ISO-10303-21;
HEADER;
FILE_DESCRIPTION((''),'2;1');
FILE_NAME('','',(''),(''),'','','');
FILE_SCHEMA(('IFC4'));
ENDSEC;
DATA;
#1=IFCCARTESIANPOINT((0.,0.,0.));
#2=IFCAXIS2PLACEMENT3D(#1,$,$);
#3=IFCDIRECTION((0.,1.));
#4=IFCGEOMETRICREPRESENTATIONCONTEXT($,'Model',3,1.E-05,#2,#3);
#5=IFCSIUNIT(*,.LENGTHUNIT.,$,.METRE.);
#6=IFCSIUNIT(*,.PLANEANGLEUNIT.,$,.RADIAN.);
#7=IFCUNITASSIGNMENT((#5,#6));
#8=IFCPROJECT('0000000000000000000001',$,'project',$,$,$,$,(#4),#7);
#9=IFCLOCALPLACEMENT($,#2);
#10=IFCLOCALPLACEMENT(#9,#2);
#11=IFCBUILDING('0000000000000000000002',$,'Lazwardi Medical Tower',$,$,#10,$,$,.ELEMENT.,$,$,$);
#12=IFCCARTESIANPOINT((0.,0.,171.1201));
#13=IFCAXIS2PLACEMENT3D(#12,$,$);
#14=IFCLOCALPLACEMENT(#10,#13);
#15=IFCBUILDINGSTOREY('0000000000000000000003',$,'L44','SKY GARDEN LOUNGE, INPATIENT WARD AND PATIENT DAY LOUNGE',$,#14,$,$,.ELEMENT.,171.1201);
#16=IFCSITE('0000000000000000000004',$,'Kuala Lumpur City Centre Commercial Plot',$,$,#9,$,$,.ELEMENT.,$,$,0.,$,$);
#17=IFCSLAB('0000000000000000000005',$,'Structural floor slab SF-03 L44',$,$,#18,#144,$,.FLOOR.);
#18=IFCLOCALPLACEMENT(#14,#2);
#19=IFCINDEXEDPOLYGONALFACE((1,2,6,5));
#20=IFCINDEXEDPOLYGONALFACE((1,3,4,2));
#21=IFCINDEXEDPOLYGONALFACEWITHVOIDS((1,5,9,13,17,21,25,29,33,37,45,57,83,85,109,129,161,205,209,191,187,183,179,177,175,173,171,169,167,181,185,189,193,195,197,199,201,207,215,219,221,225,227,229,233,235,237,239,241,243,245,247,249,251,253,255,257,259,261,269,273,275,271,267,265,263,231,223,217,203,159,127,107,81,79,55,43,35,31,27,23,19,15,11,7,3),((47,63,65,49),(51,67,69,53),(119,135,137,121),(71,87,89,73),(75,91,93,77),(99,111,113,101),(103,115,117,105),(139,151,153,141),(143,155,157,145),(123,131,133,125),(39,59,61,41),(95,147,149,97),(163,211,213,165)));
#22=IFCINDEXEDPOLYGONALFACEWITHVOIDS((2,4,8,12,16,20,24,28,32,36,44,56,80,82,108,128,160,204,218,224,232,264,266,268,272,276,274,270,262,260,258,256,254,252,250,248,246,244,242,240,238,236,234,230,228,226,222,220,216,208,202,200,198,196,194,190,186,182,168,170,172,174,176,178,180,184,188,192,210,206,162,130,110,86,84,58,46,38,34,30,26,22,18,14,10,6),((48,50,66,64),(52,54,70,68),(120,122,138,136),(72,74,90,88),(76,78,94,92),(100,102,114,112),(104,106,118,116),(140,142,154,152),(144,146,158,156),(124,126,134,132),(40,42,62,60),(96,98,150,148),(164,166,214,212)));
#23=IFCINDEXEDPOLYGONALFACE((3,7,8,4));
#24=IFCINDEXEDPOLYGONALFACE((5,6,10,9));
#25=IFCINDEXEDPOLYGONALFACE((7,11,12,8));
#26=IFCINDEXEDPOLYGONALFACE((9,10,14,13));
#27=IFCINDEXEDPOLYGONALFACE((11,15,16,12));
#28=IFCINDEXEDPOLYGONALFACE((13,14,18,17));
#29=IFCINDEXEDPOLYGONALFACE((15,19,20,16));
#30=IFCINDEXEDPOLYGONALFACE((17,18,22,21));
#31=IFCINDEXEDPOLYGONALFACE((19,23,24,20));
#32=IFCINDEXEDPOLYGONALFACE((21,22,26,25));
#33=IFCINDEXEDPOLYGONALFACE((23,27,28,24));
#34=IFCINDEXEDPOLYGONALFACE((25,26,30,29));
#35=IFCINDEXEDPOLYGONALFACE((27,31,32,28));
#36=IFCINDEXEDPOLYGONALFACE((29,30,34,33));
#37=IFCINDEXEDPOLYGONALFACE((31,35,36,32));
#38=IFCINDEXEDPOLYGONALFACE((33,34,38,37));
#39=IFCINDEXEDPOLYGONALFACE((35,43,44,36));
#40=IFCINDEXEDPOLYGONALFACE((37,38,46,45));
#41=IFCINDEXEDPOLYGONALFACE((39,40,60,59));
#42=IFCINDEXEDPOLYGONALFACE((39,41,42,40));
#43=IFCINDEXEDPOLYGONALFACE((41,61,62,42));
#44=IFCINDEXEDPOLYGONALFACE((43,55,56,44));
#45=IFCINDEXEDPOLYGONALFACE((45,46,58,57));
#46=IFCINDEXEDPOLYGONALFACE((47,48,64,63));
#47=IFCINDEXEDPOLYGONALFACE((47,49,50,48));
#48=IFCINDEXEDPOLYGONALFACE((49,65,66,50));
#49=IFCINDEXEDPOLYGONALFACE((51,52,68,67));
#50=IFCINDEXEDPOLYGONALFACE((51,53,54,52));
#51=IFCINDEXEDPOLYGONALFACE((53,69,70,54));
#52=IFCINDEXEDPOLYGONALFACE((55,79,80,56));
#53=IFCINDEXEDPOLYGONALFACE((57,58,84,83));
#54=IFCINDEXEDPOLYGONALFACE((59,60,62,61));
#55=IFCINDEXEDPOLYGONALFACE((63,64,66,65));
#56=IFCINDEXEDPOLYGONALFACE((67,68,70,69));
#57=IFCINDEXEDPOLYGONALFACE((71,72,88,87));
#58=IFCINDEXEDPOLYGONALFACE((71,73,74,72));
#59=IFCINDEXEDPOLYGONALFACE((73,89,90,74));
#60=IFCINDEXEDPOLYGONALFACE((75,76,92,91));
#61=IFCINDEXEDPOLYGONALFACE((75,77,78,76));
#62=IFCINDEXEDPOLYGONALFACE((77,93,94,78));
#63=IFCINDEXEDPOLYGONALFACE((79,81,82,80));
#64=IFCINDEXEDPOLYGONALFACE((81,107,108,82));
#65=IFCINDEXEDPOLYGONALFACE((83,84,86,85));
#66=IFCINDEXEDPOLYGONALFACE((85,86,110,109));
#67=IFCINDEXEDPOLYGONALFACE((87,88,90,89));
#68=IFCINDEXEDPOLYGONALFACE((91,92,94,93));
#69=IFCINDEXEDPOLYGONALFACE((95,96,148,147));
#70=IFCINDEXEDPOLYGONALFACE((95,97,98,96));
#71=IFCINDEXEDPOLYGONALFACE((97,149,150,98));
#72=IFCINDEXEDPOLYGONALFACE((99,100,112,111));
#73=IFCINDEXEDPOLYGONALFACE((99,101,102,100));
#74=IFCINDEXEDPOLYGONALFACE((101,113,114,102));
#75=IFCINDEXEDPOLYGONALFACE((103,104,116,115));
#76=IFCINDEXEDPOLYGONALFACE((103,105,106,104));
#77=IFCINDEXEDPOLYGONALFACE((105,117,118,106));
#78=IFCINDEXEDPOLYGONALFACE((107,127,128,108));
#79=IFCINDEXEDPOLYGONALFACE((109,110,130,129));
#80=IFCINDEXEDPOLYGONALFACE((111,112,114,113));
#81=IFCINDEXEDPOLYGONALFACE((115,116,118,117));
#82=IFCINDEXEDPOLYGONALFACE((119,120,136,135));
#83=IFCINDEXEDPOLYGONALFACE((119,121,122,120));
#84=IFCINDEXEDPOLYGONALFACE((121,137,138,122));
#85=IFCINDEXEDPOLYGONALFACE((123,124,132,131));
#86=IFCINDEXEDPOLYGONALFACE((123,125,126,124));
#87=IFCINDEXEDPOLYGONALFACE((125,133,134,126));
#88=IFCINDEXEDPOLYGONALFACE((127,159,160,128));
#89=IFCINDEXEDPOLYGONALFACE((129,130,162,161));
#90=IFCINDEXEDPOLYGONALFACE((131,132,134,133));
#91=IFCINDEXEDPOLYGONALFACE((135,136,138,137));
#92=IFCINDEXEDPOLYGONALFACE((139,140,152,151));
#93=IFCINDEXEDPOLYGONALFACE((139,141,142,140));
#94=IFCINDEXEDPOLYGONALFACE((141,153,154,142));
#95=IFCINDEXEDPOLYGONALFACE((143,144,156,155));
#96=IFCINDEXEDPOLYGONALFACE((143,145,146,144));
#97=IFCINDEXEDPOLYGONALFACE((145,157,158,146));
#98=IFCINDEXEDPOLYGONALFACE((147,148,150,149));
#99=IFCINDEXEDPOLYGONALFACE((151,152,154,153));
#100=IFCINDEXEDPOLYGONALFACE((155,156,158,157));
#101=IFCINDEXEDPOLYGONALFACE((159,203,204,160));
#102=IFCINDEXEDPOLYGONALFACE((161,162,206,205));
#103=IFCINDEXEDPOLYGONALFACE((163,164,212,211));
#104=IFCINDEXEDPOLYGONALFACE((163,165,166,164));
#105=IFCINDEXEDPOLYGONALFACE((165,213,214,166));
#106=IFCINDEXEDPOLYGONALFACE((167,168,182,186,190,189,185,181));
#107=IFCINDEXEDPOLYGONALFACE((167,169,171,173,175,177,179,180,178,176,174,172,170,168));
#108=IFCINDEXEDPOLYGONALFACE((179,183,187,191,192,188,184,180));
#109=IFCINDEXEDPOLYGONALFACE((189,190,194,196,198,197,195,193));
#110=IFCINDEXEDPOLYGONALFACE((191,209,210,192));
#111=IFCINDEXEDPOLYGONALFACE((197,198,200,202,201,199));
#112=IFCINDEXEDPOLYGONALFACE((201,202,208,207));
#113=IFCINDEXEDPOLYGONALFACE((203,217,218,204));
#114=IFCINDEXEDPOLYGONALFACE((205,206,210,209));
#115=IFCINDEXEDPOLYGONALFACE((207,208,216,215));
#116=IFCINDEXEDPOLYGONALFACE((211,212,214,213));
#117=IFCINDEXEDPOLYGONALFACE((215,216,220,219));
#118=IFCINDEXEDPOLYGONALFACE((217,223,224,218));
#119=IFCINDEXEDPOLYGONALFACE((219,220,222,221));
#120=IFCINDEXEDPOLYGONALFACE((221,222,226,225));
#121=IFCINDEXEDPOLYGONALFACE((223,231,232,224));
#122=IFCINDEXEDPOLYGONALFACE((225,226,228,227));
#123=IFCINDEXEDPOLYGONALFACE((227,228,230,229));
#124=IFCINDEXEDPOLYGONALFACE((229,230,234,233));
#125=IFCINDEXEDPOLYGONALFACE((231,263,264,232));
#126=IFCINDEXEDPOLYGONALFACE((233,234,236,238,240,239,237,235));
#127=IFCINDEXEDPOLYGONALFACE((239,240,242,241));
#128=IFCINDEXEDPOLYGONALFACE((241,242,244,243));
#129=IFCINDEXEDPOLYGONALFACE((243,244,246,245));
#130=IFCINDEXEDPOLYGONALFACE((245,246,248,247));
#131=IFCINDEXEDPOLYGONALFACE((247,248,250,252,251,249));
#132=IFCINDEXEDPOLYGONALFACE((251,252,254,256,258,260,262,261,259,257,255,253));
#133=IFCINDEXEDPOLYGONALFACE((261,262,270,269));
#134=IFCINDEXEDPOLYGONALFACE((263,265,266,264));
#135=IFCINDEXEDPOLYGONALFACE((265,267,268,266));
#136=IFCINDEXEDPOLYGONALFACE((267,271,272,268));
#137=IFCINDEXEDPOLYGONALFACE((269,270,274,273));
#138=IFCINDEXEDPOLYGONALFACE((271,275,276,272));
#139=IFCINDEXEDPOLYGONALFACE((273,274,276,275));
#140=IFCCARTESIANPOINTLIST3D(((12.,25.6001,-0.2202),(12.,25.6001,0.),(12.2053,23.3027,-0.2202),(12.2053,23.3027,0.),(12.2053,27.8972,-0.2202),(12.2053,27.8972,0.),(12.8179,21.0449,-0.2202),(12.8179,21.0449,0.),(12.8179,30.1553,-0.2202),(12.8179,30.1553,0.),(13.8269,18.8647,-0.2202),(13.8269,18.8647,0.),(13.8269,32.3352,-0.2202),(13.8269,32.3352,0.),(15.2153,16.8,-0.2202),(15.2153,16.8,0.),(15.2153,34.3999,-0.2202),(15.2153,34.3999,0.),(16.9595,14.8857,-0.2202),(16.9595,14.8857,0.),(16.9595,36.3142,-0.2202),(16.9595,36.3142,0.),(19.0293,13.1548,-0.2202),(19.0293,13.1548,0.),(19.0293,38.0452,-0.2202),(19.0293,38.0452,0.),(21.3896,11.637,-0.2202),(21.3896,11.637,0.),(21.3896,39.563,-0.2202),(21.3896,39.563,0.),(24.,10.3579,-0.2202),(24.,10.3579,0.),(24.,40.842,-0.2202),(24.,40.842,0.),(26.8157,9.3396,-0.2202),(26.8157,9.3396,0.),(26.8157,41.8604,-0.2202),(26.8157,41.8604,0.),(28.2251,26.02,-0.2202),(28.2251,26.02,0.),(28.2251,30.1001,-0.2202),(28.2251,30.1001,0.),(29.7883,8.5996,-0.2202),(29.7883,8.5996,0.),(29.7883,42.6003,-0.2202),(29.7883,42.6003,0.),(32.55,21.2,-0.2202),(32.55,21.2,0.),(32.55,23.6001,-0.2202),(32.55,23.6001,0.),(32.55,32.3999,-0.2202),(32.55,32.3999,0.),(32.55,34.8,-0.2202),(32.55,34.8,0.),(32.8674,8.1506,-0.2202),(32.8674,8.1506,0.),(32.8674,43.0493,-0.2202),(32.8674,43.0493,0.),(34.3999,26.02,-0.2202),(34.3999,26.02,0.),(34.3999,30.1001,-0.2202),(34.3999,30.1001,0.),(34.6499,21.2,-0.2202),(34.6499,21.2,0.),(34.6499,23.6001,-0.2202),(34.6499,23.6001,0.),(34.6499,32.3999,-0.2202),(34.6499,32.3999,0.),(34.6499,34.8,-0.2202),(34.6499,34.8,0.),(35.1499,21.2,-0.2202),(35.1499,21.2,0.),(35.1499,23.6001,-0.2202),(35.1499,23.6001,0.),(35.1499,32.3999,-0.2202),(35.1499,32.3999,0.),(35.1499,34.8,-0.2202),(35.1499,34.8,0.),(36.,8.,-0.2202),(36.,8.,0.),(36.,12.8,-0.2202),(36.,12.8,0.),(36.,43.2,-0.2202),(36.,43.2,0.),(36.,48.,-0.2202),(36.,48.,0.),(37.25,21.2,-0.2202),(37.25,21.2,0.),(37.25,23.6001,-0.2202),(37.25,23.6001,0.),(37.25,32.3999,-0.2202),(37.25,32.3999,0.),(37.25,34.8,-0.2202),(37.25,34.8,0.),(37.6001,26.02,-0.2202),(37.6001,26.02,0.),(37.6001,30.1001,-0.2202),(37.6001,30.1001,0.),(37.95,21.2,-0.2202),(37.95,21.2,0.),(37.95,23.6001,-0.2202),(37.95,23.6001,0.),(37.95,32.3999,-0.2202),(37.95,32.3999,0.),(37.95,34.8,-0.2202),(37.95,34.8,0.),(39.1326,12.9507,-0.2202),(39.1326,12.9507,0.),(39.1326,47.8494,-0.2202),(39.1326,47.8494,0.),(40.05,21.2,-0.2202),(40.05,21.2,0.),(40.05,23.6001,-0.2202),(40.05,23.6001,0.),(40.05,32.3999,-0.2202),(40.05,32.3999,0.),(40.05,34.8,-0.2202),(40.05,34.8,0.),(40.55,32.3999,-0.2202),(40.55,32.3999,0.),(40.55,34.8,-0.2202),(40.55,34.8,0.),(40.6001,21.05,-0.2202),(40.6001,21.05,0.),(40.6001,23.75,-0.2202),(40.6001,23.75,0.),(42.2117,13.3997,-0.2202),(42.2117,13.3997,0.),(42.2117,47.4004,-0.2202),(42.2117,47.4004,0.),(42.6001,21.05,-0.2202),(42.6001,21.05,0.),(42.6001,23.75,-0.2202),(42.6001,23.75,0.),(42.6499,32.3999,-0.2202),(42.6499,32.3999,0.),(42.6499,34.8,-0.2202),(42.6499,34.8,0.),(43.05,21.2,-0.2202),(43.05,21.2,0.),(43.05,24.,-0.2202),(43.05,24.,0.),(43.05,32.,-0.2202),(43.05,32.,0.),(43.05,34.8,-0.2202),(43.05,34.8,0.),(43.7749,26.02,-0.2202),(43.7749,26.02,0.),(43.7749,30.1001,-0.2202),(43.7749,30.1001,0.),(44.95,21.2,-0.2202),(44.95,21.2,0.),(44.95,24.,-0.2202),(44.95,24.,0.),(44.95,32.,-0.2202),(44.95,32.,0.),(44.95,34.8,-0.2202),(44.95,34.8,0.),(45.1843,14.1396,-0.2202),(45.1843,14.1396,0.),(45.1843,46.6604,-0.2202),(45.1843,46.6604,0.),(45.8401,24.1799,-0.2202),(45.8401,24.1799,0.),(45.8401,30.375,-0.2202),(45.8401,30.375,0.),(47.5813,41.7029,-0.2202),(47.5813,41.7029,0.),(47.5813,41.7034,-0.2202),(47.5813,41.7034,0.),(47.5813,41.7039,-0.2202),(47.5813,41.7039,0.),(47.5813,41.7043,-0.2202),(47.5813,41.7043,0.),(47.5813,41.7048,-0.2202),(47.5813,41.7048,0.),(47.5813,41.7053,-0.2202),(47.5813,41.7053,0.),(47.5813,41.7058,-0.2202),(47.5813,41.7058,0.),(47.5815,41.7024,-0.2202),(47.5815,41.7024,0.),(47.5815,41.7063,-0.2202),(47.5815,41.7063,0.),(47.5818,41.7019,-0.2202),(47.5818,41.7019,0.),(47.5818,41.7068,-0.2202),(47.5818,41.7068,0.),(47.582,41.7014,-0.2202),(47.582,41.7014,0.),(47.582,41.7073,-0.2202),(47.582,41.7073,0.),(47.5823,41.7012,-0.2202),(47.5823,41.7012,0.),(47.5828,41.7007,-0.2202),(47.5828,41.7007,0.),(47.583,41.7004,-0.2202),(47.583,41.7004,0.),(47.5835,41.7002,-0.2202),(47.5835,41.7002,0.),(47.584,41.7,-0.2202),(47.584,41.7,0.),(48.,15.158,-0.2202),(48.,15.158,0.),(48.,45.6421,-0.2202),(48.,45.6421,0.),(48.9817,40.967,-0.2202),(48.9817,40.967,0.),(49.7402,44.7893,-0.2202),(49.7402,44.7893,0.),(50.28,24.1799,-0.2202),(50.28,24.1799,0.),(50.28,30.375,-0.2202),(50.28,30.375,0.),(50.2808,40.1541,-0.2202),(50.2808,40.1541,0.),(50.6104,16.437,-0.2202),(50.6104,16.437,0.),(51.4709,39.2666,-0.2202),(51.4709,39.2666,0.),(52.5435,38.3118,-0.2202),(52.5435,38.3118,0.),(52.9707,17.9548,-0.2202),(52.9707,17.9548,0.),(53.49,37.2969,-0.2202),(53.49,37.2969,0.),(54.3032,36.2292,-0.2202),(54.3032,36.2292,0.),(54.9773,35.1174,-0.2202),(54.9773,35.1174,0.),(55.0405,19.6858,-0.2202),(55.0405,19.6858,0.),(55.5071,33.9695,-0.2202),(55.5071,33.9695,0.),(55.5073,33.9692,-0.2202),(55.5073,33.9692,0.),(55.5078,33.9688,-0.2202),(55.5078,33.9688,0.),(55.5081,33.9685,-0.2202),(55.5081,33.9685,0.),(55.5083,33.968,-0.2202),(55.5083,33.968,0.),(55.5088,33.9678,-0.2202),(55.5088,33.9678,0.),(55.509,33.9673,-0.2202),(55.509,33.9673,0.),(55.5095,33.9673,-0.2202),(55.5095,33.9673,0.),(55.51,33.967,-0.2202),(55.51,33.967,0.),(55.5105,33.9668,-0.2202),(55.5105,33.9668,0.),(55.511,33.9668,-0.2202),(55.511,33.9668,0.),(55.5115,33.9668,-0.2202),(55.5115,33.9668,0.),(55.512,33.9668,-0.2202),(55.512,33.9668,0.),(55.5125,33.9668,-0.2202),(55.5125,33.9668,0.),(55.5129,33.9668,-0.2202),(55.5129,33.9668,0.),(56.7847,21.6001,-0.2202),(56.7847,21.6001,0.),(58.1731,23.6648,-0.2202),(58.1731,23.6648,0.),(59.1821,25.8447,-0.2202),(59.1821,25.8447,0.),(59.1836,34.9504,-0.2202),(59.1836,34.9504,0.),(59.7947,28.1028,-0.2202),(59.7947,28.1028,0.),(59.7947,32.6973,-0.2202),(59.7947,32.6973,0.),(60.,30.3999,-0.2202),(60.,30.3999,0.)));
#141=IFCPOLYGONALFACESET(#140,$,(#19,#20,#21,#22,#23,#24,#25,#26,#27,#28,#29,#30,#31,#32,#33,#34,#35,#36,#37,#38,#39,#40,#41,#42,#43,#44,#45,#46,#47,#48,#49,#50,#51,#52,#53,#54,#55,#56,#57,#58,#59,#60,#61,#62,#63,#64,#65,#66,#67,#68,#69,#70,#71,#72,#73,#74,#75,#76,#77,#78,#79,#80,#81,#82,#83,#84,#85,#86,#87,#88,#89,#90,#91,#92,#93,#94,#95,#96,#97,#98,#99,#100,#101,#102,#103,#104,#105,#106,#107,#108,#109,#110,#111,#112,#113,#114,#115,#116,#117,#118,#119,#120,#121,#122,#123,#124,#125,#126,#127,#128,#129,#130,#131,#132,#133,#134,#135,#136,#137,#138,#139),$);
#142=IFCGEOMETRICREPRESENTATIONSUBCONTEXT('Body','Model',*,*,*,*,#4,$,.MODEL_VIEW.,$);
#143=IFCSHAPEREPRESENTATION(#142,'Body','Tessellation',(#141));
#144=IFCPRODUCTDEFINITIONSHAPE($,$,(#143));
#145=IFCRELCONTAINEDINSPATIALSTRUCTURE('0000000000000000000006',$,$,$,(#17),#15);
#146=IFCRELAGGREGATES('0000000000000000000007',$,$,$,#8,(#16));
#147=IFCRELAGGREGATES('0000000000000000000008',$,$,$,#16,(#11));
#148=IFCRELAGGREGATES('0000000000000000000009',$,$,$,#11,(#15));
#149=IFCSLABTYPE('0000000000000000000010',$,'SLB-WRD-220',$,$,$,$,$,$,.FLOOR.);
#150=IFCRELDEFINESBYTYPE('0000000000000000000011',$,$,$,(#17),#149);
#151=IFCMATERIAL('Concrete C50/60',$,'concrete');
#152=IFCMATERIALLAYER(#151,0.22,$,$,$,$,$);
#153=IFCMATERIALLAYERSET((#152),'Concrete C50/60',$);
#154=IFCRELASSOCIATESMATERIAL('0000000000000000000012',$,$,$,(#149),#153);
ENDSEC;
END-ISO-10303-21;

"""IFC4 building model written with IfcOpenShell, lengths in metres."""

from ifc_helpers import new_model, si_unit, direction, frame, origin, place, context, subcontext, project, spatial, polyline, outline, extrude, material, layer, layer_set, type_object, element, save


model = new_model("IFC4")

# Units and contexts
model_context = context("Model", 3, precision=1e-05, world=origin(), true_north=direction((0.0, 1.0)))
body_context = subcontext(model_context, "Body", "Model", "MODEL_VIEW")
ifc_project = project(units=[si_unit("LENGTHUNIT", "METRE"), si_unit("PLANEANGLEUNIT", "RADIAN")], contexts=[model_context])

# Site, building, storey
site_placement = place(None, origin())
site = spatial("IfcSite", under=ifc_project, at=site_placement, Name="Kuala Lumpur City Centre Commercial Plot", CompositionType="ELEMENT", RefElevation=0.0)
building_placement = place(site_placement, origin())
building = spatial("IfcBuilding", under=site, at=building_placement, Name="Lazwardi Medical Tower", CompositionType="ELEMENT")
storey_placement = place(building_placement, frame((0.0, 0.0, 171.1201)))
storey = spatial("IfcBuildingStorey", under=building, at=storey_placement, Name="L44", Description="SKY GARDEN LOUNGE, INPATIENT WARD AND PATIENT DAY LOUNGE", CompositionType="ELEMENT", Elevation=171.1201)

# Slab
ifc_material_1 = material(Name="Concrete C50/60", Category="concrete")
ifc_layer_1 = layer(ifc_material_1, 0.22)
ifc_layer_set_1 = layer_set([ifc_layer_1], Name="Concrete C50/60")
slab_type_1 = type_object("IfcSlabType", Name="SLB-WRD-220", PredefinedType="FLOOR", material=ifc_layer_set_1)
slab_1_placement = place(storey_placement, frame((0.0, 0.0, -0.2202)))
element("IfcSlab", 1, at=slab_1_placement, inside=storey, type_object=slab_type_1, Name="Structural floor slab SF-03 L44", PredefinedType="FLOOR", context=body_context, shape_type="SweptSolid", body=[
    extrude(outline(polyline([(39.1326, 12.9507), (42.2117, 13.3997), (45.1843, 14.1396), (48.0, 15.158), (50.6104, 16.437), (52.9707, 17.9548), (55.0405, 19.6858), (56.7847, 21.6001), (58.1731, 23.6648), (59.1821, 25.8447), (59.7947, 28.1028), (60.0, 30.3999), (59.7947, 32.6973), (59.1836, 34.9504), (59.1836, 34.9504), (55.5129, 33.9668), (55.5125, 33.9668), (55.512, 33.9668), (55.5115, 33.9668), (55.511, 33.9668), (55.5105, 33.9668), (55.51, 33.967), (55.5095, 33.9673), (55.509, 33.9673), (55.5088, 33.9678), (55.5083, 33.968), (55.5081, 33.9685), (55.5078, 33.9688), (55.5073, 33.9692), (55.5071, 33.9695), (54.9773, 35.1174), (54.3032, 36.2292), (53.49, 37.2969), (52.5435, 38.3118), (51.4709, 39.2666), (50.2808, 40.1541), (48.9817, 40.967), (47.584, 41.7), (47.5835, 41.7002), (47.583, 41.7004), (47.5828, 41.7007), (47.5823, 41.7012), (47.582, 41.7014), (47.5818, 41.7019), (47.5815, 41.7024), (47.5813, 41.7029), (47.5813, 41.7034), (47.5813, 41.7039), (47.5813, 41.7043), (47.5813, 41.7048), (47.5813, 41.7053), (47.5813, 41.7058), (47.5815, 41.7063), (47.5818, 41.7068), (47.582, 41.7073), (49.7402, 44.7893), (48.0, 45.6421), (45.1843, 46.6604), (42.2117, 47.4004), (39.1326, 47.8494), (36.0, 48.0), (36.0, 43.2), (32.8674, 43.0493), (29.7883, 42.6003), (26.8157, 41.8604), (24.0, 40.842), (21.3896, 39.563), (19.0293, 38.0452), (16.9595, 36.3142), (15.2153, 34.3999), (13.8269, 32.3352), (12.8179, 30.1553), (12.2053, 27.8972), (12.0, 25.6001), (12.2053, 23.3027), (12.8179, 21.0449), (13.8269, 18.8647), (15.2153, 16.8), (16.9595, 14.8857), (19.0293, 13.1548), (21.3896, 11.637), (24.0, 10.3579), (26.8157, 9.3396), (29.7883, 8.5996), (32.8674, 8.1506), (36.0, 8.0), (36.0, 12.8), (39.1326, 12.9507)]), holes=[polyline([(28.2251, 26.02), (28.2251, 30.1001), (34.3999, 30.1001), (34.3999, 26.02), (28.2251, 26.02)]), polyline([(37.6001, 30.1001), (43.7749, 30.1001), (43.7749, 26.02), (37.6001, 26.02), (37.6001, 30.1001)]), polyline([(50.28, 30.375), (50.28, 24.1799), (45.8401, 24.1799), (45.8401, 30.375), (50.28, 30.375)]), polyline([(34.6499, 32.3999), (32.55, 32.3999), (32.55, 34.8), (34.6499, 34.8), (34.6499, 32.3999)]), polyline([(35.1499, 32.3999), (35.1499, 34.8), (37.25, 34.8), (37.25, 32.3999), (35.1499, 32.3999)]), polyline([(32.55, 23.6001), (34.6499, 23.6001), (34.6499, 21.2), (32.55, 21.2), (32.55, 23.6001)]), polyline([(37.25, 23.6001), (37.25, 21.2), (35.1499, 21.2), (35.1499, 23.6001), (37.25, 23.6001)]), polyline([(40.05, 32.3999), (37.95, 32.3999), (37.95, 34.8), (40.05, 34.8), (40.05, 32.3999)]), polyline([(40.55, 32.3999), (40.55, 34.8), (42.6499, 34.8), (42.6499, 32.3999), (40.55, 32.3999)]), polyline([(37.95, 23.6001), (40.05, 23.6001), (40.05, 21.2), (37.95, 21.2), (37.95, 23.6001)]), polyline([(44.95, 34.8), (44.95, 32.0), (43.05, 32.0), (43.05, 34.8), (44.95, 34.8)]), polyline([(44.95, 21.2), (43.05, 21.2), (43.05, 24.0), (44.95, 24.0), (44.95, 21.2)]), polyline([(40.6001, 21.05), (40.6001, 23.75), (42.6001, 23.75), (42.6001, 21.05), (40.6001, 21.05)])]), origin(), (0.0, 0.0, 1.0), 0.2202),
])

save(model, "model.ifc")
